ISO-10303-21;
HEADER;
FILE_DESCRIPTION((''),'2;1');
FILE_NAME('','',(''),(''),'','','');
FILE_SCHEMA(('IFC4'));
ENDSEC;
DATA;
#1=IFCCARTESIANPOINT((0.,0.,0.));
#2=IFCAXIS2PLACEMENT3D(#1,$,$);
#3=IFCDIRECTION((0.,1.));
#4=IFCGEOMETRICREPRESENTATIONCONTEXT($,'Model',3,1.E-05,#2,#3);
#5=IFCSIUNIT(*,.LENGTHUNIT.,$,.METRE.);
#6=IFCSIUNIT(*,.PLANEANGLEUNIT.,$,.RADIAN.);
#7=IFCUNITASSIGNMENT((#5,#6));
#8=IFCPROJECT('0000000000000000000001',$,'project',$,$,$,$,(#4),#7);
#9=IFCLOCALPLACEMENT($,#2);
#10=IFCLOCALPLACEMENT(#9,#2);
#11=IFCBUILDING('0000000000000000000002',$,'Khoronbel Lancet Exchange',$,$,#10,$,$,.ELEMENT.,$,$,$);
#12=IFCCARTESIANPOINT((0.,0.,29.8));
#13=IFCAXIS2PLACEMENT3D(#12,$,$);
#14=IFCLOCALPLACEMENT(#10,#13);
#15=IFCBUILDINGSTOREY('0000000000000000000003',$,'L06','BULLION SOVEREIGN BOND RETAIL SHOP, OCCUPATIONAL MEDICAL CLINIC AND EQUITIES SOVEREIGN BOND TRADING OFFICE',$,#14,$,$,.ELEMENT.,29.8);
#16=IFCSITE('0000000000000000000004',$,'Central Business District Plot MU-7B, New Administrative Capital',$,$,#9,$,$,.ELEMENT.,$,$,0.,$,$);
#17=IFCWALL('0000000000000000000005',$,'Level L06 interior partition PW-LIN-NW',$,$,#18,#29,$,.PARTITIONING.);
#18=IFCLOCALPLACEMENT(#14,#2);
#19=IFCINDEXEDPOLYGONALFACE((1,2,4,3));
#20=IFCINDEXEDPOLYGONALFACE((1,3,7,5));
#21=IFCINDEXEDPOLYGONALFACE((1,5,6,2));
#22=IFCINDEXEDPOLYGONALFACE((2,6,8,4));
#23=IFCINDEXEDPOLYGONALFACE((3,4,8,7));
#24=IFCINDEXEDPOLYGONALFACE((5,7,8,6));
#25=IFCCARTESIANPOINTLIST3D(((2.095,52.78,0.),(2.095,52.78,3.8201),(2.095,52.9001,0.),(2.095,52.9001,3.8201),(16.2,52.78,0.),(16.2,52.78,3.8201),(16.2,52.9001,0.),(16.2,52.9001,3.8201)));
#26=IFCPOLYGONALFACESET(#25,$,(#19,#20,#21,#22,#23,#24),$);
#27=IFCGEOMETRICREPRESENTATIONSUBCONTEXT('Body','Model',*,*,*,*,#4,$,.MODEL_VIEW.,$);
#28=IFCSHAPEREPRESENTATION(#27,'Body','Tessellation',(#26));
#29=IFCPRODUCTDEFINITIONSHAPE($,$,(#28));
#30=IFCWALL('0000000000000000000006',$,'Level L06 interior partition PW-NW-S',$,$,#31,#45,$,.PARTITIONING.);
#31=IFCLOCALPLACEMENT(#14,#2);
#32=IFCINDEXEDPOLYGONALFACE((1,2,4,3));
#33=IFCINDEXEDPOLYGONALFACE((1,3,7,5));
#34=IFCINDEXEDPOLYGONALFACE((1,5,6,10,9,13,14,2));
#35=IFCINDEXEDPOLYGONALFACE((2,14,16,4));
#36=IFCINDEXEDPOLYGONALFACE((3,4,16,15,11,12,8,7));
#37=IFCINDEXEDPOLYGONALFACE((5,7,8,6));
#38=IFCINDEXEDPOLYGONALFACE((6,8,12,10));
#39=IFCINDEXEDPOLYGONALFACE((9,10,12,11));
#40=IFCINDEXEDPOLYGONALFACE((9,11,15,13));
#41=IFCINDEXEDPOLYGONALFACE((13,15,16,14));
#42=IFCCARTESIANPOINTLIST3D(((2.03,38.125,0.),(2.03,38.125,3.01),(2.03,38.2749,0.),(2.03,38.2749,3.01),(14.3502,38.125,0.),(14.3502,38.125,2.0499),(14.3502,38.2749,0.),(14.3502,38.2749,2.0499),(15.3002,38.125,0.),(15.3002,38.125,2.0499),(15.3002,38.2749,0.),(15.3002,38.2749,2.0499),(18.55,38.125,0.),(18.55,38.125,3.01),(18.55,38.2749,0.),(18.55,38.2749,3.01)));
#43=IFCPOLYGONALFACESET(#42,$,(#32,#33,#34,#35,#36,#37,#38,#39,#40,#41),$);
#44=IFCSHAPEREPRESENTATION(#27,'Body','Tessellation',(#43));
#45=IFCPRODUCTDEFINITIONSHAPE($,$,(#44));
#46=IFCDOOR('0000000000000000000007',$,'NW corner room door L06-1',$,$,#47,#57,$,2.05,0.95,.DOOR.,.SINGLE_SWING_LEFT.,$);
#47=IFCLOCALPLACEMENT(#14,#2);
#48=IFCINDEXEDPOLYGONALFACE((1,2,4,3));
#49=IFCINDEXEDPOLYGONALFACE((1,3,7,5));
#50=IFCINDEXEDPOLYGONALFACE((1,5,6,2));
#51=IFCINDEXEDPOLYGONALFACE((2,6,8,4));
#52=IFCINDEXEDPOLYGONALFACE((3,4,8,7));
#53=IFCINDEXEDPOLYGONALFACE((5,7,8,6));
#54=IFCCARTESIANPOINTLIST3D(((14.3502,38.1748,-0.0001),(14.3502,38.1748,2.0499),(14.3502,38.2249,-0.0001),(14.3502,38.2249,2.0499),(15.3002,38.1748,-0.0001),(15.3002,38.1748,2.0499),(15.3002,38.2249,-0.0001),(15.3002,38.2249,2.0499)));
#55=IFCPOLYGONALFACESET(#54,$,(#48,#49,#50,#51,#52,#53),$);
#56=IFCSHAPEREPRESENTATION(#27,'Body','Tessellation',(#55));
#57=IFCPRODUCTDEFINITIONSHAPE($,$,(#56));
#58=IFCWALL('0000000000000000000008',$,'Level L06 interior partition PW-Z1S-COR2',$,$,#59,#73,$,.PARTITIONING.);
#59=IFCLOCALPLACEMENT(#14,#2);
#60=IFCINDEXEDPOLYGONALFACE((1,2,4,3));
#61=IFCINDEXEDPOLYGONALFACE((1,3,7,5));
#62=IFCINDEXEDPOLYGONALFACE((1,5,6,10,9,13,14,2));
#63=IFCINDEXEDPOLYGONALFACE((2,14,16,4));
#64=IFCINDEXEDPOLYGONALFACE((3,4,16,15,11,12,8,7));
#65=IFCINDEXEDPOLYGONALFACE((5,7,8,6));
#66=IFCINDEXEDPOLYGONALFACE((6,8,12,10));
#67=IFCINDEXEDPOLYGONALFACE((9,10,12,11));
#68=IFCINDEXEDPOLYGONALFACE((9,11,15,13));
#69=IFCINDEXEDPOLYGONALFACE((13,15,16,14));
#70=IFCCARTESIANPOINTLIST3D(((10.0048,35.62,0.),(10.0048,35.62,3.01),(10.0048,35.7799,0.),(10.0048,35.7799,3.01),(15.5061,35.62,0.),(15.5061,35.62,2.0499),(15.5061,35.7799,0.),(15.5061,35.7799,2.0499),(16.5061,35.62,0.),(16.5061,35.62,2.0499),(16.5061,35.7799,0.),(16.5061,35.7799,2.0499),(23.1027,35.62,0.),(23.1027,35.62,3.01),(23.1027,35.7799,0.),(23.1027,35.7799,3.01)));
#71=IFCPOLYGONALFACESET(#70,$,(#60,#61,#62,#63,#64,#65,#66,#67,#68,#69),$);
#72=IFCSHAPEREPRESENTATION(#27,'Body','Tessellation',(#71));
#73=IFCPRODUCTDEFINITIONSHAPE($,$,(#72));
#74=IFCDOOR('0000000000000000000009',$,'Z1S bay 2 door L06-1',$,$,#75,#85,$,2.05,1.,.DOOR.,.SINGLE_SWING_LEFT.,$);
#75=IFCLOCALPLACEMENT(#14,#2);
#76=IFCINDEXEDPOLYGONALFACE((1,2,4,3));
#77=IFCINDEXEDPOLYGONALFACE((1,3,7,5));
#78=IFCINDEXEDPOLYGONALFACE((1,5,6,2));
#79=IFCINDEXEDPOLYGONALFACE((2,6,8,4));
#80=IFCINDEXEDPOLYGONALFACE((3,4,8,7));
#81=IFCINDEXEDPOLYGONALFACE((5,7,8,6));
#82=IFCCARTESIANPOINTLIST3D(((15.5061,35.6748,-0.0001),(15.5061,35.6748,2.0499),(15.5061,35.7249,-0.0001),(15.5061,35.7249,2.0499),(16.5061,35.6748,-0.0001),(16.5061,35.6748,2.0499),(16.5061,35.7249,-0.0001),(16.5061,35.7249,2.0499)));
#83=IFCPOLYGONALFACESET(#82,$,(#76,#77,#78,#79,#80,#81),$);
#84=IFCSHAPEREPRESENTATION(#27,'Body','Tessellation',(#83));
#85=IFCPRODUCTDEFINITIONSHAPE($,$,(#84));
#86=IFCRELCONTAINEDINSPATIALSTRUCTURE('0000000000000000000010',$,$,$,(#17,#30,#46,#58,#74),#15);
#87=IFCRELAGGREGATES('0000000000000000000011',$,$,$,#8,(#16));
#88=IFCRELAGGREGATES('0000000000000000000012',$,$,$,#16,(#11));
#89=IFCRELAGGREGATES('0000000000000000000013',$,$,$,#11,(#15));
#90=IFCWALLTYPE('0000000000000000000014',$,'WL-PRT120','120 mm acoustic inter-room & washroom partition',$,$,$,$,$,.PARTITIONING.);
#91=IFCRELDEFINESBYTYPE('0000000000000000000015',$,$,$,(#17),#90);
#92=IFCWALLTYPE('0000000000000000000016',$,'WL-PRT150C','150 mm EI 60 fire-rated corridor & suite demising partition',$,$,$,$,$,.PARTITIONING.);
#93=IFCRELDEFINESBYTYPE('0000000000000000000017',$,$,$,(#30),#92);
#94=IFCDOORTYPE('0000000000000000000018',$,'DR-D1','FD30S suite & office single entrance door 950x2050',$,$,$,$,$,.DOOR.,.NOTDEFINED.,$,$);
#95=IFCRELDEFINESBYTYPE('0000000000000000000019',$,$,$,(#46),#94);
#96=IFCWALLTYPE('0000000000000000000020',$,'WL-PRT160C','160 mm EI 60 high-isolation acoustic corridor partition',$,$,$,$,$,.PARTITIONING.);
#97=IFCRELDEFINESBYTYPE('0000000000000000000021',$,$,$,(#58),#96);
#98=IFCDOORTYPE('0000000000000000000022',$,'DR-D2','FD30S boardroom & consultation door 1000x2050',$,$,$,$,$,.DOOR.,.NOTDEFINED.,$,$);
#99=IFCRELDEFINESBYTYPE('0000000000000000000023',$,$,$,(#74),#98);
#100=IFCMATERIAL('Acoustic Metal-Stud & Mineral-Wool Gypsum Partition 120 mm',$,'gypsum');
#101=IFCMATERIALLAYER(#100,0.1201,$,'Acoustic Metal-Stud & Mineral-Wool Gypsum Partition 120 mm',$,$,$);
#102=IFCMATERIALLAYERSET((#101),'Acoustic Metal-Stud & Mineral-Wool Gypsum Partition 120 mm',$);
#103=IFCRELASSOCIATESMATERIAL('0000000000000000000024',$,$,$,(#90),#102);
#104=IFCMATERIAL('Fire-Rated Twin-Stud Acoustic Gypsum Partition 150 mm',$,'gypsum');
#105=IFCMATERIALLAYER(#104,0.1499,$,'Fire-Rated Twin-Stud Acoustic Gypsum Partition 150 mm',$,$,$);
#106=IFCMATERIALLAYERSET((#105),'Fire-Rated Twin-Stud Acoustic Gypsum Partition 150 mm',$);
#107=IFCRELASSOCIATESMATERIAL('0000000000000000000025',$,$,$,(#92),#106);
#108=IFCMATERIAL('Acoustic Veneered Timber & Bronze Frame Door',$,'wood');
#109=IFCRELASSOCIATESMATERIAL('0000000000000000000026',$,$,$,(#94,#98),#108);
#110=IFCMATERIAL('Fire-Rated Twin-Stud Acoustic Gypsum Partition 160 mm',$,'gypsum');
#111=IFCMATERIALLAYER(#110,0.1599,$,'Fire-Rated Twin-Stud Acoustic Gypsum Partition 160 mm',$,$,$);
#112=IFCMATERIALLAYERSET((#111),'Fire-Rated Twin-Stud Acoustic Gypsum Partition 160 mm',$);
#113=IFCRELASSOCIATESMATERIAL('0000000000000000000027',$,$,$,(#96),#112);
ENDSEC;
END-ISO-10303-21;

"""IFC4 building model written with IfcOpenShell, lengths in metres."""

from ifc_helpers import new_model, si_unit, direction, frame, frame_2d, origin, place, context, subcontext, project, spatial, rectangle, extrude, material, layer, layer_set, type_object, element, fill, save


model = new_model("IFC4")

# Units and contexts
model_context = context("Model", 3, precision=1e-05, world=origin(), true_north=direction((0.0, 1.0)))
body_context = subcontext(model_context, "Body", "Model", "MODEL_VIEW")
ifc_project = project(units=[si_unit("LENGTHUNIT", "METRE"), si_unit("PLANEANGLEUNIT", "RADIAN")], contexts=[model_context])

# Site, building, storey
site_placement = place(None, origin())
site = spatial("IfcSite", under=ifc_project, at=site_placement, Name="Central Business District Plot MU-7B, New Administrative Capital", CompositionType="ELEMENT", RefElevation=0.0)
building_placement = place(site_placement, origin())
building = spatial("IfcBuilding", under=site, at=building_placement, Name="Khoronbel Lancet Exchange", CompositionType="ELEMENT")
storey_placement = place(building_placement, frame((0.0, 0.0, 29.8)))
storey = spatial("IfcBuildingStorey", under=building, at=storey_placement, Name="L06", Description="BULLION SOVEREIGN BOND RETAIL SHOP, OCCUPATIONAL MEDICAL CLINIC AND EQUITIES SOVEREIGN BOND TRADING OFFICE", CompositionType="ELEMENT", Elevation=29.8)

# Shared definitions
ifc_material_1 = material(Name="Acoustic Metal-Stud & Mineral-Wool Gypsum Partition 120 mm", Category="gypsum")
ifc_layer_1 = layer(ifc_material_1, 0.1201, Name="Acoustic Metal-Stud & Mineral-Wool Gypsum Partition 120 mm")
ifc_layer_set_1 = layer_set([ifc_layer_1], Name="Acoustic Metal-Stud & Mineral-Wool Gypsum Partition 120 mm")
wall_type_1 = type_object("IfcWallType", Name="WL-PRT120", Description="120 mm acoustic inter-room & washroom partition", PredefinedType="PARTITIONING", material=ifc_layer_set_1)

# Wall
wall_1_placement = place(storey_placement, frame((2.095, 52.8401, 0.0), z_axis=(0.0, 0.0, 1.0), x_axis=(1.0, 0.0, 0.0)))
element("IfcWall", 1, at=wall_1_placement, inside=storey, type_object=wall_type_1, Name="Level L06 interior partition PW-LIN-NW", PredefinedType="PARTITIONING", context=body_context, shape_type="SweptSolid", body=[
    extrude(rectangle(XDim=14.105, YDim=0.1201, at=frame_2d((7.0525, 0.0))), origin(), (0.0, 0.0, 1.0), 3.8201),
])

# Walls, openings, doors
ifc_material_2 = material(Name="Fire-Rated Twin-Stud Acoustic Gypsum Partition 150 mm", Category="gypsum")
ifc_layer_2 = layer(ifc_material_2, 0.1499, Name="Fire-Rated Twin-Stud Acoustic Gypsum Partition 150 mm")
ifc_layer_set_2 = layer_set([ifc_layer_2], Name="Fire-Rated Twin-Stud Acoustic Gypsum Partition 150 mm")
wall_type_2 = type_object("IfcWallType", Name="WL-PRT150C", Description="150 mm EI 60 fire-rated corridor & suite demising partition", PredefinedType="PARTITIONING", material=ifc_layer_set_2)
wall_2_placement = place(storey_placement, frame((2.03, 38.2, 0.0), z_axis=(0.0, 0.0, 1.0), x_axis=(1.0, 0.0, 0.0)))
wall_2 = element("IfcWall", 2, at=wall_2_placement, inside=storey, type_object=wall_type_2, Name="Level L06 interior partition PW-NW-S", PredefinedType="PARTITIONING", context=body_context, shape_type="SweptSolid", body=[
    extrude(rectangle(XDim=16.52, YDim=0.1499, at=frame_2d((8.26, 0.0))), origin(), (0.0, 0.0, 1.0), 3.01),
])
opening_1_placement = place(wall_2_placement, frame((12.3201, 0.0, 0.0)))
opening_1 = element("IfcOpeningElement", 3, at=opening_1_placement, cuts=wall_2, PredefinedType="OPENING", context=body_context, shape_type="SweptSolid", body=[
    extrude(rectangle(XDim=0.95, YDim=2.05, at=frame_2d((0.4751, 1.0249))), frame((0.0, 0.085, 0.0), z_axis=(0.0, -1.0, 0.0), x_axis=(1.0, 0.0, 0.0)), (0.0, 0.0, 1.0), 0.1699),
])
ifc_material_3 = material(Name="Acoustic Veneered Timber & Bronze Frame Door", Category="wood")
door_type_1 = type_object("IfcDoorType", Name="DR-D1", Description="FD30S suite & office single entrance door 950x2050", OperationType="NOTDEFINED", PredefinedType="DOOR", material=ifc_material_3)
door_1_placement = place(opening_1_placement, origin())
door_1 = element("IfcDoor", 4, at=door_1_placement, inside=storey, type_object=door_type_1, Name="NW corner room door L06-1", OperationType="SINGLE_SWING_LEFT", OverallHeight=2.05, OverallWidth=0.95, PredefinedType="DOOR", context=body_context, shape_type="SweptSolid", body=[
    extrude(rectangle(XDim=0.95, YDim=2.05, at=frame_2d((0.4751, 1.0249))), frame((0.0, 0.0249, 0.0), z_axis=(0.0, -1.0, 0.0), x_axis=(1.0, 0.0, 0.0)), (0.0, 0.0, 1.0), 0.05),
])
fill(opening_1, door_1)
ifc_material_4 = material(Name="Fire-Rated Twin-Stud Acoustic Gypsum Partition 160 mm", Category="gypsum")
ifc_layer_3 = layer(ifc_material_4, 0.1599, Name="Fire-Rated Twin-Stud Acoustic Gypsum Partition 160 mm")
ifc_layer_set_3 = layer_set([ifc_layer_3], Name="Fire-Rated Twin-Stud Acoustic Gypsum Partition 160 mm")
wall_type_3 = type_object("IfcWallType", Name="WL-PRT160C", Description="160 mm EI 60 high-isolation acoustic corridor partition", PredefinedType="PARTITIONING", material=ifc_layer_set_3)
wall_3_placement = place(storey_placement, frame((10.0049, 35.7, 0.0), z_axis=(0.0, 0.0, 1.0), x_axis=(1.0, 0.0, 0.0)))
wall_3 = element("IfcWall", 5, at=wall_3_placement, inside=storey, type_object=wall_type_3, Name="Level L06 interior partition PW-Z1S-COR2", PredefinedType="PARTITIONING", context=body_context, shape_type="SweptSolid", body=[
    extrude(rectangle(XDim=13.0979, YDim=0.1599, at=frame_2d((6.5488, 0.0))), origin(), (0.0, 0.0, 1.0), 3.01),
])
opening_2_placement = place(wall_3_placement, frame((5.5012, 0.0, 0.0)))
opening_2 = element("IfcOpeningElement", 6, at=opening_2_placement, cuts=wall_3, PredefinedType="OPENING", context=body_context, shape_type="SweptSolid", body=[
    extrude(rectangle(XDim=1.0, YDim=2.05, at=frame_2d((0.5, 1.0249))), frame((0.0, 0.0898, 0.0), z_axis=(0.0, -1.0, 0.0), x_axis=(1.0, 0.0, 0.0)), (0.0, 0.0, 1.0), 0.1799),
])
door_type_2 = type_object("IfcDoorType", Name="DR-D2", Description="FD30S boardroom & consultation door 1000x2050", OperationType="NOTDEFINED", PredefinedType="DOOR", material=ifc_material_3)
door_2_placement = place(opening_2_placement, origin())
door_2 = element("IfcDoor", 7, at=door_2_placement, inside=storey, type_object=door_type_2, Name="Z1S bay 2 door L06-1", OperationType="SINGLE_SWING_LEFT", OverallHeight=2.05, OverallWidth=1.0, PredefinedType="DOOR", context=body_context, shape_type="SweptSolid", body=[
    extrude(rectangle(XDim=1.0, YDim=2.05, at=frame_2d((0.5, 1.0249))), frame((0.0, 0.0249, 0.0), z_axis=(0.0, -1.0, 0.0), x_axis=(1.0, 0.0, 0.0)), (0.0, 0.0, 1.0), 0.05),
])
fill(opening_2, door_2)

save(model, "model.ifc")
